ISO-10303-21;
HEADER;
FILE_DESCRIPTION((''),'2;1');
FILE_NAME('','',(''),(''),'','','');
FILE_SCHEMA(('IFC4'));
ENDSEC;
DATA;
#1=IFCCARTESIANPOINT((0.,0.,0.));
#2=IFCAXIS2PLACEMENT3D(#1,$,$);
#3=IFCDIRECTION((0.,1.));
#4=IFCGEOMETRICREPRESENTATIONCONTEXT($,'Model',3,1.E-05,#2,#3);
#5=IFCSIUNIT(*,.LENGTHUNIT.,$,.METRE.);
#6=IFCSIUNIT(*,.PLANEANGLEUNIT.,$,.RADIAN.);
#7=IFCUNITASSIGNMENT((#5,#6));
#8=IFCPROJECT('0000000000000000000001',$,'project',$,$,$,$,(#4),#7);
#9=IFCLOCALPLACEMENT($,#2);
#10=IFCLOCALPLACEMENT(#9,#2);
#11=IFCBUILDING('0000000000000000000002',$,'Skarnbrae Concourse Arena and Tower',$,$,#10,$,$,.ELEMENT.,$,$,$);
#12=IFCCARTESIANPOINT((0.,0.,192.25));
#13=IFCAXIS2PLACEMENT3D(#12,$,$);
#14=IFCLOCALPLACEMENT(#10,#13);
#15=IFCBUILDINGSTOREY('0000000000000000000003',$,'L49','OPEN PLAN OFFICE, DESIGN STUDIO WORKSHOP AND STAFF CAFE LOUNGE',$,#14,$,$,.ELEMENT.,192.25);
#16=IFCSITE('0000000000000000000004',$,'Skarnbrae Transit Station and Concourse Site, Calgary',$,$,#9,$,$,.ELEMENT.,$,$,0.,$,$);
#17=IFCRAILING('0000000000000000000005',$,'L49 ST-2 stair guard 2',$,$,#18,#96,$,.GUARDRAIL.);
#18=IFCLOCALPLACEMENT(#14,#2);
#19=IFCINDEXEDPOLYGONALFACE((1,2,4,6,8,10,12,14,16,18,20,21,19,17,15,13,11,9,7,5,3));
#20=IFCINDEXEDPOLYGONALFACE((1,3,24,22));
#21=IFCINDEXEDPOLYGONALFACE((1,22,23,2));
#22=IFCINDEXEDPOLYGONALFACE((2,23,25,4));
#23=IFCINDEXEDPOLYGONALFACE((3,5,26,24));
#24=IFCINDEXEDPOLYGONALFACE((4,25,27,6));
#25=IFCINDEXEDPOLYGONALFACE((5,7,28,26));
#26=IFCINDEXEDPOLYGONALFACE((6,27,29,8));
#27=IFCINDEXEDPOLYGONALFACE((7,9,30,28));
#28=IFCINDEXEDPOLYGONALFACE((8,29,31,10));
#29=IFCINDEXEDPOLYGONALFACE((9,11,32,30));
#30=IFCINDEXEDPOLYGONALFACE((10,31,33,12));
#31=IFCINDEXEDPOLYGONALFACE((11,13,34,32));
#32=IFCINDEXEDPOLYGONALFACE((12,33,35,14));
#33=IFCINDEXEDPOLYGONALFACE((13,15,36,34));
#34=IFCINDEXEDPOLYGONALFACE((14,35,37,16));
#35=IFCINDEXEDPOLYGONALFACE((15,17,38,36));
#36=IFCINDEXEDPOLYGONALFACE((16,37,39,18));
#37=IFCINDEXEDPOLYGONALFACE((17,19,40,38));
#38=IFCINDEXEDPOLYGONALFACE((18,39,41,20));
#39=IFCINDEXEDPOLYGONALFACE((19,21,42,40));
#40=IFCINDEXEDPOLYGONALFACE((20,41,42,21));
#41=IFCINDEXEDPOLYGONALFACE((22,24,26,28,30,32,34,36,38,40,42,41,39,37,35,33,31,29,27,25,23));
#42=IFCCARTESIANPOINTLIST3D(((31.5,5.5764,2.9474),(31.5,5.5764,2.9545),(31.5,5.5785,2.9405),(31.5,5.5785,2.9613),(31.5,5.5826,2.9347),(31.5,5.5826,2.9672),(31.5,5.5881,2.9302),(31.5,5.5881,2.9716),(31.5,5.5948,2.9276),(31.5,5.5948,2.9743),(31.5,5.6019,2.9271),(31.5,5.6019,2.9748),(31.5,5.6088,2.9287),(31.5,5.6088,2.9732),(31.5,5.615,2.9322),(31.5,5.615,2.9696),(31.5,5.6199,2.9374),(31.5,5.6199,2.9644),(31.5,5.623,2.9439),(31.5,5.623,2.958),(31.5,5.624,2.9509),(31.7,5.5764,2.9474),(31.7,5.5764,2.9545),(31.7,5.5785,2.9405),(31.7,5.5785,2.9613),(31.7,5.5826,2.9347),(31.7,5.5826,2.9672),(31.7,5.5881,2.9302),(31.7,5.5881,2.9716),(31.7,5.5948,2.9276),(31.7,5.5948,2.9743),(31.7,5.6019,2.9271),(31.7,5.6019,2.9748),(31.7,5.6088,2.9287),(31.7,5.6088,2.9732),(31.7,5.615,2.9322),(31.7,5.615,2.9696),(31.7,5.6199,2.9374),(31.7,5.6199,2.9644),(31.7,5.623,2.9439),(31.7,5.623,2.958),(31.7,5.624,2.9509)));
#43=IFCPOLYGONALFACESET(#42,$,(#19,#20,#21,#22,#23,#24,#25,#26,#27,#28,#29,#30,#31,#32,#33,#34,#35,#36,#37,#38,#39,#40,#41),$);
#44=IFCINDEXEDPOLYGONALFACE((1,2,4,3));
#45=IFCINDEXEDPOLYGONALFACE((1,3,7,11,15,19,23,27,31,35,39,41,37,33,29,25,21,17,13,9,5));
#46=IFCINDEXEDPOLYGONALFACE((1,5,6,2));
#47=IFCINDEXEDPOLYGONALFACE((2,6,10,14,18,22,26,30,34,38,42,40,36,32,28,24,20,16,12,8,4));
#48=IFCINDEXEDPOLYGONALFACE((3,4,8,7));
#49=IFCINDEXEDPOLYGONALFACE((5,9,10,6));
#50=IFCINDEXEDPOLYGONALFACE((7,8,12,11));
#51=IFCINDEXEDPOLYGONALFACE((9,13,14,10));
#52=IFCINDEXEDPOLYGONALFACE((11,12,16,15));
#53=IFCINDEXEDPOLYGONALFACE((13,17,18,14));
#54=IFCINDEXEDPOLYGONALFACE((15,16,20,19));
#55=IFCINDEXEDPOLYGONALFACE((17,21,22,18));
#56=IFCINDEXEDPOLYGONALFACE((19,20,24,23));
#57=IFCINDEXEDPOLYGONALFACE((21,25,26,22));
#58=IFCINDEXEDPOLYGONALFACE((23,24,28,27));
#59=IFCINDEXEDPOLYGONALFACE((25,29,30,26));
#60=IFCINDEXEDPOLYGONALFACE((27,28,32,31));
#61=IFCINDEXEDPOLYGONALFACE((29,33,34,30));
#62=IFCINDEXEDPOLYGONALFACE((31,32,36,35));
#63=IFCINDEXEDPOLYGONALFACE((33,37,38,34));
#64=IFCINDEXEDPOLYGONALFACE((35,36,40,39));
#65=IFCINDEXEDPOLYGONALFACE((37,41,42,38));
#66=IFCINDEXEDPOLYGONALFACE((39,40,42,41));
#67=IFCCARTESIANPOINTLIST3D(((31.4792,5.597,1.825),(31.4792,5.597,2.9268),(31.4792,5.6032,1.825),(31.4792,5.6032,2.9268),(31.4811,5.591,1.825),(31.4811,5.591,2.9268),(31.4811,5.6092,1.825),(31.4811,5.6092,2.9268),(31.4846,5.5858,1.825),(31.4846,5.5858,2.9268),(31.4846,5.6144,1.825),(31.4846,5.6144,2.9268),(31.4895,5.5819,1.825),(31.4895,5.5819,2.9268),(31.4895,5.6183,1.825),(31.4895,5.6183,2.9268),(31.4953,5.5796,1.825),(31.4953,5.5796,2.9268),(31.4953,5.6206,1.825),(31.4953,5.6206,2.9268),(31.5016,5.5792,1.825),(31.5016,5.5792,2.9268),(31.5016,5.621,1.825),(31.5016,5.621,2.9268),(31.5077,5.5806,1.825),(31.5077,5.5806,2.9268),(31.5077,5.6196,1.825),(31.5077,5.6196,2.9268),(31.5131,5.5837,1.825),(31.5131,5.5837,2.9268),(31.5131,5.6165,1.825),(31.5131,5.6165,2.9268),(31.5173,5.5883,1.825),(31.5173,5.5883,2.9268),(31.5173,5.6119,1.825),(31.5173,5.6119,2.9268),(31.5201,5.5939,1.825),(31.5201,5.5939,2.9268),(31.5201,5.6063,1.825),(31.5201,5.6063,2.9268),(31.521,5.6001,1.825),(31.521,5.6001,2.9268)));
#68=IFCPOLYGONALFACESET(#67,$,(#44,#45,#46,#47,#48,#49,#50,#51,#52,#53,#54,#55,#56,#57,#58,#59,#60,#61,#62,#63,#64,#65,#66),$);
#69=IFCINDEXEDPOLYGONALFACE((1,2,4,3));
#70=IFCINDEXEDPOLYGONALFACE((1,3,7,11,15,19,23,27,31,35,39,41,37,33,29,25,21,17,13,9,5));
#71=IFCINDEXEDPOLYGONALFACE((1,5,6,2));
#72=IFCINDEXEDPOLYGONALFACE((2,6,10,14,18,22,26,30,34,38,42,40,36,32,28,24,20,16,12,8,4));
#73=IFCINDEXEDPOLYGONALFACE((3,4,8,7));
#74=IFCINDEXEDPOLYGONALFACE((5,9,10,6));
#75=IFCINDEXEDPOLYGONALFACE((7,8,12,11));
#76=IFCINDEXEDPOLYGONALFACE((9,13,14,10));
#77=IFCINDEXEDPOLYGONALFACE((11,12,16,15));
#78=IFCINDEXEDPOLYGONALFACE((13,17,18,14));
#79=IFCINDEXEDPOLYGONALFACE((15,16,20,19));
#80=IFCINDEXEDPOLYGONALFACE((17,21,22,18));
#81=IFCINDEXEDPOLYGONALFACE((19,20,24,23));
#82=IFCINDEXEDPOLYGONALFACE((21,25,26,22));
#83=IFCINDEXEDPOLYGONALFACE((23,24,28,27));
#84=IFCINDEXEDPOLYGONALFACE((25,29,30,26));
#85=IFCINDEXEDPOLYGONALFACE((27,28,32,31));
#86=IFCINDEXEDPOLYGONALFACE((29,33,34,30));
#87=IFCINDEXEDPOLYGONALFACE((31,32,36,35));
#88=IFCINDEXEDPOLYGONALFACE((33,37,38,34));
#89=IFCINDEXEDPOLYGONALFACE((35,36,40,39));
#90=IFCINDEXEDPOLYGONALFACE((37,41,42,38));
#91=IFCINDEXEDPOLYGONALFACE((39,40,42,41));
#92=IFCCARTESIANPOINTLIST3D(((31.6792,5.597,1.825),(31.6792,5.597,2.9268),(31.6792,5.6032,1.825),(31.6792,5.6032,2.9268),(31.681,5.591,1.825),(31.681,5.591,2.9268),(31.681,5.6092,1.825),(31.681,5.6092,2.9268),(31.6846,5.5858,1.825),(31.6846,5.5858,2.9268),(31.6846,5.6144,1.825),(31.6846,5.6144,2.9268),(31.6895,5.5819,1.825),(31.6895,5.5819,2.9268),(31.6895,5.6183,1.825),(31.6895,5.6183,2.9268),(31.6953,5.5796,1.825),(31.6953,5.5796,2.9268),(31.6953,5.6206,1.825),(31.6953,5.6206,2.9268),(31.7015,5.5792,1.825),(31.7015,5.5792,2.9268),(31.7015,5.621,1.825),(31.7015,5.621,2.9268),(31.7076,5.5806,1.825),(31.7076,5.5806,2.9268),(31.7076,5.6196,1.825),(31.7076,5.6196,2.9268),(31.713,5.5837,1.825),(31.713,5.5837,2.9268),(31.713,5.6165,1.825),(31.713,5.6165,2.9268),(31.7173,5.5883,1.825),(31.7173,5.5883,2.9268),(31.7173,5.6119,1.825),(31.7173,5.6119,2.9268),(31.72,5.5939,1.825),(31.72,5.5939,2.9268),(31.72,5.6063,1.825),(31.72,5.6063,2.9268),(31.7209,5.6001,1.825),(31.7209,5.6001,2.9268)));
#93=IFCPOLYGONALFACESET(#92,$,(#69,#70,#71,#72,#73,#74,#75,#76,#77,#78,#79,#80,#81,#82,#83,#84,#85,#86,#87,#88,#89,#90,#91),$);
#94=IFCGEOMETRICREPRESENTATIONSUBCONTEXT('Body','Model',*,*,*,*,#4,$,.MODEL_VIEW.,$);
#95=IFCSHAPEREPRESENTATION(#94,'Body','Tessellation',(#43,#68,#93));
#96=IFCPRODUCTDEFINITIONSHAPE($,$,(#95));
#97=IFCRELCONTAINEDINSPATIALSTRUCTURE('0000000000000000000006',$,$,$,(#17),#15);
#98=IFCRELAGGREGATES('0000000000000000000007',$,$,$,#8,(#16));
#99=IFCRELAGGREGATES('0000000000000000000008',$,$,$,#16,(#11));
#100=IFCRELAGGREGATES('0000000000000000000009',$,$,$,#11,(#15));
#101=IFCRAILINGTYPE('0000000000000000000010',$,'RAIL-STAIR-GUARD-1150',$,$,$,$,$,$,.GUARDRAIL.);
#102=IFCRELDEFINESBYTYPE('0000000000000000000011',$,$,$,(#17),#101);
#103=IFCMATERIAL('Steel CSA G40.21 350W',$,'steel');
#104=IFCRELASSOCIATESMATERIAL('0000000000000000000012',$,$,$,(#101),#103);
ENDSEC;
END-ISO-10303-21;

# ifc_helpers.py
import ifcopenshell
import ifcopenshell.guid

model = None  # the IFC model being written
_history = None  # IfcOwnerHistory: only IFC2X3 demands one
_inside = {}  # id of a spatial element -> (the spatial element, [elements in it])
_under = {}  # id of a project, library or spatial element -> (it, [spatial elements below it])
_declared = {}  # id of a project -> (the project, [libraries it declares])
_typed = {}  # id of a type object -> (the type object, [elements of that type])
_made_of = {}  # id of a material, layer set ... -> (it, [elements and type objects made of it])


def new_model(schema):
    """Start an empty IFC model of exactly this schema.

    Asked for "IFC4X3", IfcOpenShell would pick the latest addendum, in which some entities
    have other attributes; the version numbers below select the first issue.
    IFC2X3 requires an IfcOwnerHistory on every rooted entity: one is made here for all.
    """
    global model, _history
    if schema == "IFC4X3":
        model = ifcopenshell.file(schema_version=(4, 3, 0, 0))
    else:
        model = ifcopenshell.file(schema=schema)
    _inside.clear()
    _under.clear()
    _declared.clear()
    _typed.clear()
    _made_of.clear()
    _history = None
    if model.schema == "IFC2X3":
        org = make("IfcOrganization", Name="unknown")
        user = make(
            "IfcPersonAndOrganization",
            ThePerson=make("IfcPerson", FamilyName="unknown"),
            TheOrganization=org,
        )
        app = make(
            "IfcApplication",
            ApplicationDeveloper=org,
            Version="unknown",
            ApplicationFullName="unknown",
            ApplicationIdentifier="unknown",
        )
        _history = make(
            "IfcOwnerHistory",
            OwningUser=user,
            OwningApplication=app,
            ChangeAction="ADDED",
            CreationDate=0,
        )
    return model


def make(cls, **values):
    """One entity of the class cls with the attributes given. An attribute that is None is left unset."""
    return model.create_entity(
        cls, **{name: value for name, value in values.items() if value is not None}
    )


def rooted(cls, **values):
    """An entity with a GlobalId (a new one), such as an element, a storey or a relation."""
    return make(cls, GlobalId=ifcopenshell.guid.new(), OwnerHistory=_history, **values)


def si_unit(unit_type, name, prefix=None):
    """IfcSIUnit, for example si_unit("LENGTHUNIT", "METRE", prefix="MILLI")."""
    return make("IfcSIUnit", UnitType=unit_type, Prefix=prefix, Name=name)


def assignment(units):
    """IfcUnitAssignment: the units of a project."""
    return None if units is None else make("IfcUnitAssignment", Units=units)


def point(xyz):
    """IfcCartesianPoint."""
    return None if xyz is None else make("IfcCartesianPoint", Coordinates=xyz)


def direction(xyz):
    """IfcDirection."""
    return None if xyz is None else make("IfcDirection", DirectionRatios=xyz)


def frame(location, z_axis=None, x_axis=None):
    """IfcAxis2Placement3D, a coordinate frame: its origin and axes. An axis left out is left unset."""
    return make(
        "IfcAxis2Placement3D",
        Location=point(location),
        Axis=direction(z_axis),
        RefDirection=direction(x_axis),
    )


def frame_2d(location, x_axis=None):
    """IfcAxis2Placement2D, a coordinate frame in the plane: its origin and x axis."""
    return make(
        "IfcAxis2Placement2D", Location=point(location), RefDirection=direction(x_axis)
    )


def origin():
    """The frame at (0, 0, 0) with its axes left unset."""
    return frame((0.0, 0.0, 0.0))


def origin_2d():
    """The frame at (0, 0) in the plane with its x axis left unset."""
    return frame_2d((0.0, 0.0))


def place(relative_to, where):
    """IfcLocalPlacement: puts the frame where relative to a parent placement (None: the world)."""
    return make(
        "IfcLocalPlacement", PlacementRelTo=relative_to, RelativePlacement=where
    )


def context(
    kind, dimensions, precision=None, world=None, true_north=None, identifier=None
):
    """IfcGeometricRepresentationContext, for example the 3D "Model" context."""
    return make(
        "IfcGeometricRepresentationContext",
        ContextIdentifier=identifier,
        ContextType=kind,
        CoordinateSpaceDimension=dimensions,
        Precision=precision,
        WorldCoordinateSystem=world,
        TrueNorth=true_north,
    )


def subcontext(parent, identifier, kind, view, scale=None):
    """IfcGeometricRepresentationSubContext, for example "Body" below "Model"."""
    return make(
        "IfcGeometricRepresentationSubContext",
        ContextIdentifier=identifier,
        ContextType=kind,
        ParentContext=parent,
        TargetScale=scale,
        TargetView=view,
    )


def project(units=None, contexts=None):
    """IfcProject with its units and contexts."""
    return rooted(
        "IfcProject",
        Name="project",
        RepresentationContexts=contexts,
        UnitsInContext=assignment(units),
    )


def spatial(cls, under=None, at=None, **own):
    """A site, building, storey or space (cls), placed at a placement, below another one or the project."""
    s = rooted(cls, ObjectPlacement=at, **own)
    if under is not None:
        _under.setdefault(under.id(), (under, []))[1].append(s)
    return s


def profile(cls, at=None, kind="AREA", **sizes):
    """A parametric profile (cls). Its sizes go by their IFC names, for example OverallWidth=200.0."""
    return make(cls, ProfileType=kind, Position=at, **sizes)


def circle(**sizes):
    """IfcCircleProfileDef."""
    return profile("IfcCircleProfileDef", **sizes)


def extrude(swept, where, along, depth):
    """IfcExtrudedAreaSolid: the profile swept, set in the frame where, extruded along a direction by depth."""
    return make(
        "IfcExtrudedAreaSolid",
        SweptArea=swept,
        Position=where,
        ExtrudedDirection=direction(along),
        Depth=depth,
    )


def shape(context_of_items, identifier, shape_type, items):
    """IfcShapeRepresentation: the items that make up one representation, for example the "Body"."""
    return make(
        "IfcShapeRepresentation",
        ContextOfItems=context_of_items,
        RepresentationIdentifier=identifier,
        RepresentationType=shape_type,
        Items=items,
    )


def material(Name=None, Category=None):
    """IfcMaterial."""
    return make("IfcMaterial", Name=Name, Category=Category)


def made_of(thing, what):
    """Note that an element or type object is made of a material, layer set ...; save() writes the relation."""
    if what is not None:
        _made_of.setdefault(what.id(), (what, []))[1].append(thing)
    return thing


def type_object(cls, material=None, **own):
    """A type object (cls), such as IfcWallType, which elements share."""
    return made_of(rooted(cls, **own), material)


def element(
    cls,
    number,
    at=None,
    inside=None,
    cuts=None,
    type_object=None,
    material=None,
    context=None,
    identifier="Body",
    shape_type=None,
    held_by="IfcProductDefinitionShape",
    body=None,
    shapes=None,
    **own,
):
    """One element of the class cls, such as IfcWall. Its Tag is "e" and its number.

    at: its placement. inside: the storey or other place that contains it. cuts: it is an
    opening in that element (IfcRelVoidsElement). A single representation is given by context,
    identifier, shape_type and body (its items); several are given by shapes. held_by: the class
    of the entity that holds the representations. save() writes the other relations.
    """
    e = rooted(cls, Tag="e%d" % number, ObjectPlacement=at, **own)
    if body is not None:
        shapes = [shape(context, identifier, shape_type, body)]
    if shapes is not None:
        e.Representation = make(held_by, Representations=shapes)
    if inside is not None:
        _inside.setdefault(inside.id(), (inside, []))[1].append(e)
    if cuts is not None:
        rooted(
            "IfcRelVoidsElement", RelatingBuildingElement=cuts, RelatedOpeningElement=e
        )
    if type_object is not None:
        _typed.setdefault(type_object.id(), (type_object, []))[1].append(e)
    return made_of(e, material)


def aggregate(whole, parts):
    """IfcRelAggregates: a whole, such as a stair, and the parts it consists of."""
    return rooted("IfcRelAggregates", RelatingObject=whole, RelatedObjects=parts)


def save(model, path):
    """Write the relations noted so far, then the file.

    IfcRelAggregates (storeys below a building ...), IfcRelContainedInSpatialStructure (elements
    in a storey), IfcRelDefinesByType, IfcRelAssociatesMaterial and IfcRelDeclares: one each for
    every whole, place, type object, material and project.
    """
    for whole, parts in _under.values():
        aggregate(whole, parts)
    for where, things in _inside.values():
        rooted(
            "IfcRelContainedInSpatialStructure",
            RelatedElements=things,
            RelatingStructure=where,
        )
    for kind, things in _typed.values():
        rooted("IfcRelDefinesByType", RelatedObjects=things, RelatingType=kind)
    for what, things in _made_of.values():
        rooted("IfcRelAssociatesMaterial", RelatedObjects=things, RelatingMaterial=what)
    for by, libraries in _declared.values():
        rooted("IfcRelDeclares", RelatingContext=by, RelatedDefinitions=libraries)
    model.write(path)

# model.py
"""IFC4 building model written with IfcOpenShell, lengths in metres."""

from ifc_helpers import new_model, si_unit, direction, frame, origin, origin_2d, place, context, subcontext, project, spatial, circle, extrude, material, type_object, element, save


model = new_model("IFC4")

# Units and contexts
model_context = context("Model", 3, precision=1e-05, world=origin(), true_north=direction((0.0, 1.0)))
body_context = subcontext(model_context, "Body", "Model", "MODEL_VIEW")
ifc_project = project(units=[si_unit("LENGTHUNIT", "METRE"), si_unit("PLANEANGLEUNIT", "RADIAN")], contexts=[model_context])

# Site, building, storey
site_placement = place(None, origin())
site = spatial("IfcSite", under=ifc_project, at=site_placement, Name="Skarnbrae Transit Station and Concourse Site, Calgary", CompositionType="ELEMENT", RefElevation=0.0)
building_placement = place(site_placement, origin())
building = spatial("IfcBuilding", under=site, at=building_placement, Name="Skarnbrae Concourse Arena and Tower", CompositionType="ELEMENT")
storey_placement = place(building_placement, frame((0.0, 0.0, 192.25)))
storey = spatial("IfcBuildingStorey", under=building, at=storey_placement, Name="L49", Description="OPEN PLAN OFFICE, DESIGN STUDIO WORKSHOP AND STAFF CAFE LOUNGE", CompositionType="ELEMENT", Elevation=192.25)

# Shared definitions
ifc_material_1 = material(Name="Steel CSA G40.21 350W", Category="steel")

# Railing
railing_type_1 = type_object("IfcRailingType", Name="RAIL-STAIR-GUARD-1150", PredefinedType="GUARDRAIL", material=ifc_material_1)
railing_1_placement = place(storey_placement, frame((31.5, 5.6001, 1.825)))
element("IfcRailing", 1, at=railing_1_placement, inside=storey, type_object=railing_type_1, Name="L49 ST-2 stair guard 2", PredefinedType="GUARDRAIL", context=body_context, shape_type="SweptSolid", body=[
    extrude(circle(Radius=0.0239, at=origin_2d()), frame((0.0, 0.0, 1.126), z_axis=(1.0, 0.0, 0.0), x_axis=(0.0, 1.0, 0.0)), (0.0, 0.0, 1.0), 0.2),
    extrude(circle(Radius=0.021, at=origin_2d()), origin(), (0.0, 0.0, 1.0), 1.1018),
    extrude(circle(Radius=0.021, at=origin_2d()), frame((0.2, 0.0, 0.0)), (0.0, 0.0, 1.0), 1.1018),
])

save(model, "model.ifc")
